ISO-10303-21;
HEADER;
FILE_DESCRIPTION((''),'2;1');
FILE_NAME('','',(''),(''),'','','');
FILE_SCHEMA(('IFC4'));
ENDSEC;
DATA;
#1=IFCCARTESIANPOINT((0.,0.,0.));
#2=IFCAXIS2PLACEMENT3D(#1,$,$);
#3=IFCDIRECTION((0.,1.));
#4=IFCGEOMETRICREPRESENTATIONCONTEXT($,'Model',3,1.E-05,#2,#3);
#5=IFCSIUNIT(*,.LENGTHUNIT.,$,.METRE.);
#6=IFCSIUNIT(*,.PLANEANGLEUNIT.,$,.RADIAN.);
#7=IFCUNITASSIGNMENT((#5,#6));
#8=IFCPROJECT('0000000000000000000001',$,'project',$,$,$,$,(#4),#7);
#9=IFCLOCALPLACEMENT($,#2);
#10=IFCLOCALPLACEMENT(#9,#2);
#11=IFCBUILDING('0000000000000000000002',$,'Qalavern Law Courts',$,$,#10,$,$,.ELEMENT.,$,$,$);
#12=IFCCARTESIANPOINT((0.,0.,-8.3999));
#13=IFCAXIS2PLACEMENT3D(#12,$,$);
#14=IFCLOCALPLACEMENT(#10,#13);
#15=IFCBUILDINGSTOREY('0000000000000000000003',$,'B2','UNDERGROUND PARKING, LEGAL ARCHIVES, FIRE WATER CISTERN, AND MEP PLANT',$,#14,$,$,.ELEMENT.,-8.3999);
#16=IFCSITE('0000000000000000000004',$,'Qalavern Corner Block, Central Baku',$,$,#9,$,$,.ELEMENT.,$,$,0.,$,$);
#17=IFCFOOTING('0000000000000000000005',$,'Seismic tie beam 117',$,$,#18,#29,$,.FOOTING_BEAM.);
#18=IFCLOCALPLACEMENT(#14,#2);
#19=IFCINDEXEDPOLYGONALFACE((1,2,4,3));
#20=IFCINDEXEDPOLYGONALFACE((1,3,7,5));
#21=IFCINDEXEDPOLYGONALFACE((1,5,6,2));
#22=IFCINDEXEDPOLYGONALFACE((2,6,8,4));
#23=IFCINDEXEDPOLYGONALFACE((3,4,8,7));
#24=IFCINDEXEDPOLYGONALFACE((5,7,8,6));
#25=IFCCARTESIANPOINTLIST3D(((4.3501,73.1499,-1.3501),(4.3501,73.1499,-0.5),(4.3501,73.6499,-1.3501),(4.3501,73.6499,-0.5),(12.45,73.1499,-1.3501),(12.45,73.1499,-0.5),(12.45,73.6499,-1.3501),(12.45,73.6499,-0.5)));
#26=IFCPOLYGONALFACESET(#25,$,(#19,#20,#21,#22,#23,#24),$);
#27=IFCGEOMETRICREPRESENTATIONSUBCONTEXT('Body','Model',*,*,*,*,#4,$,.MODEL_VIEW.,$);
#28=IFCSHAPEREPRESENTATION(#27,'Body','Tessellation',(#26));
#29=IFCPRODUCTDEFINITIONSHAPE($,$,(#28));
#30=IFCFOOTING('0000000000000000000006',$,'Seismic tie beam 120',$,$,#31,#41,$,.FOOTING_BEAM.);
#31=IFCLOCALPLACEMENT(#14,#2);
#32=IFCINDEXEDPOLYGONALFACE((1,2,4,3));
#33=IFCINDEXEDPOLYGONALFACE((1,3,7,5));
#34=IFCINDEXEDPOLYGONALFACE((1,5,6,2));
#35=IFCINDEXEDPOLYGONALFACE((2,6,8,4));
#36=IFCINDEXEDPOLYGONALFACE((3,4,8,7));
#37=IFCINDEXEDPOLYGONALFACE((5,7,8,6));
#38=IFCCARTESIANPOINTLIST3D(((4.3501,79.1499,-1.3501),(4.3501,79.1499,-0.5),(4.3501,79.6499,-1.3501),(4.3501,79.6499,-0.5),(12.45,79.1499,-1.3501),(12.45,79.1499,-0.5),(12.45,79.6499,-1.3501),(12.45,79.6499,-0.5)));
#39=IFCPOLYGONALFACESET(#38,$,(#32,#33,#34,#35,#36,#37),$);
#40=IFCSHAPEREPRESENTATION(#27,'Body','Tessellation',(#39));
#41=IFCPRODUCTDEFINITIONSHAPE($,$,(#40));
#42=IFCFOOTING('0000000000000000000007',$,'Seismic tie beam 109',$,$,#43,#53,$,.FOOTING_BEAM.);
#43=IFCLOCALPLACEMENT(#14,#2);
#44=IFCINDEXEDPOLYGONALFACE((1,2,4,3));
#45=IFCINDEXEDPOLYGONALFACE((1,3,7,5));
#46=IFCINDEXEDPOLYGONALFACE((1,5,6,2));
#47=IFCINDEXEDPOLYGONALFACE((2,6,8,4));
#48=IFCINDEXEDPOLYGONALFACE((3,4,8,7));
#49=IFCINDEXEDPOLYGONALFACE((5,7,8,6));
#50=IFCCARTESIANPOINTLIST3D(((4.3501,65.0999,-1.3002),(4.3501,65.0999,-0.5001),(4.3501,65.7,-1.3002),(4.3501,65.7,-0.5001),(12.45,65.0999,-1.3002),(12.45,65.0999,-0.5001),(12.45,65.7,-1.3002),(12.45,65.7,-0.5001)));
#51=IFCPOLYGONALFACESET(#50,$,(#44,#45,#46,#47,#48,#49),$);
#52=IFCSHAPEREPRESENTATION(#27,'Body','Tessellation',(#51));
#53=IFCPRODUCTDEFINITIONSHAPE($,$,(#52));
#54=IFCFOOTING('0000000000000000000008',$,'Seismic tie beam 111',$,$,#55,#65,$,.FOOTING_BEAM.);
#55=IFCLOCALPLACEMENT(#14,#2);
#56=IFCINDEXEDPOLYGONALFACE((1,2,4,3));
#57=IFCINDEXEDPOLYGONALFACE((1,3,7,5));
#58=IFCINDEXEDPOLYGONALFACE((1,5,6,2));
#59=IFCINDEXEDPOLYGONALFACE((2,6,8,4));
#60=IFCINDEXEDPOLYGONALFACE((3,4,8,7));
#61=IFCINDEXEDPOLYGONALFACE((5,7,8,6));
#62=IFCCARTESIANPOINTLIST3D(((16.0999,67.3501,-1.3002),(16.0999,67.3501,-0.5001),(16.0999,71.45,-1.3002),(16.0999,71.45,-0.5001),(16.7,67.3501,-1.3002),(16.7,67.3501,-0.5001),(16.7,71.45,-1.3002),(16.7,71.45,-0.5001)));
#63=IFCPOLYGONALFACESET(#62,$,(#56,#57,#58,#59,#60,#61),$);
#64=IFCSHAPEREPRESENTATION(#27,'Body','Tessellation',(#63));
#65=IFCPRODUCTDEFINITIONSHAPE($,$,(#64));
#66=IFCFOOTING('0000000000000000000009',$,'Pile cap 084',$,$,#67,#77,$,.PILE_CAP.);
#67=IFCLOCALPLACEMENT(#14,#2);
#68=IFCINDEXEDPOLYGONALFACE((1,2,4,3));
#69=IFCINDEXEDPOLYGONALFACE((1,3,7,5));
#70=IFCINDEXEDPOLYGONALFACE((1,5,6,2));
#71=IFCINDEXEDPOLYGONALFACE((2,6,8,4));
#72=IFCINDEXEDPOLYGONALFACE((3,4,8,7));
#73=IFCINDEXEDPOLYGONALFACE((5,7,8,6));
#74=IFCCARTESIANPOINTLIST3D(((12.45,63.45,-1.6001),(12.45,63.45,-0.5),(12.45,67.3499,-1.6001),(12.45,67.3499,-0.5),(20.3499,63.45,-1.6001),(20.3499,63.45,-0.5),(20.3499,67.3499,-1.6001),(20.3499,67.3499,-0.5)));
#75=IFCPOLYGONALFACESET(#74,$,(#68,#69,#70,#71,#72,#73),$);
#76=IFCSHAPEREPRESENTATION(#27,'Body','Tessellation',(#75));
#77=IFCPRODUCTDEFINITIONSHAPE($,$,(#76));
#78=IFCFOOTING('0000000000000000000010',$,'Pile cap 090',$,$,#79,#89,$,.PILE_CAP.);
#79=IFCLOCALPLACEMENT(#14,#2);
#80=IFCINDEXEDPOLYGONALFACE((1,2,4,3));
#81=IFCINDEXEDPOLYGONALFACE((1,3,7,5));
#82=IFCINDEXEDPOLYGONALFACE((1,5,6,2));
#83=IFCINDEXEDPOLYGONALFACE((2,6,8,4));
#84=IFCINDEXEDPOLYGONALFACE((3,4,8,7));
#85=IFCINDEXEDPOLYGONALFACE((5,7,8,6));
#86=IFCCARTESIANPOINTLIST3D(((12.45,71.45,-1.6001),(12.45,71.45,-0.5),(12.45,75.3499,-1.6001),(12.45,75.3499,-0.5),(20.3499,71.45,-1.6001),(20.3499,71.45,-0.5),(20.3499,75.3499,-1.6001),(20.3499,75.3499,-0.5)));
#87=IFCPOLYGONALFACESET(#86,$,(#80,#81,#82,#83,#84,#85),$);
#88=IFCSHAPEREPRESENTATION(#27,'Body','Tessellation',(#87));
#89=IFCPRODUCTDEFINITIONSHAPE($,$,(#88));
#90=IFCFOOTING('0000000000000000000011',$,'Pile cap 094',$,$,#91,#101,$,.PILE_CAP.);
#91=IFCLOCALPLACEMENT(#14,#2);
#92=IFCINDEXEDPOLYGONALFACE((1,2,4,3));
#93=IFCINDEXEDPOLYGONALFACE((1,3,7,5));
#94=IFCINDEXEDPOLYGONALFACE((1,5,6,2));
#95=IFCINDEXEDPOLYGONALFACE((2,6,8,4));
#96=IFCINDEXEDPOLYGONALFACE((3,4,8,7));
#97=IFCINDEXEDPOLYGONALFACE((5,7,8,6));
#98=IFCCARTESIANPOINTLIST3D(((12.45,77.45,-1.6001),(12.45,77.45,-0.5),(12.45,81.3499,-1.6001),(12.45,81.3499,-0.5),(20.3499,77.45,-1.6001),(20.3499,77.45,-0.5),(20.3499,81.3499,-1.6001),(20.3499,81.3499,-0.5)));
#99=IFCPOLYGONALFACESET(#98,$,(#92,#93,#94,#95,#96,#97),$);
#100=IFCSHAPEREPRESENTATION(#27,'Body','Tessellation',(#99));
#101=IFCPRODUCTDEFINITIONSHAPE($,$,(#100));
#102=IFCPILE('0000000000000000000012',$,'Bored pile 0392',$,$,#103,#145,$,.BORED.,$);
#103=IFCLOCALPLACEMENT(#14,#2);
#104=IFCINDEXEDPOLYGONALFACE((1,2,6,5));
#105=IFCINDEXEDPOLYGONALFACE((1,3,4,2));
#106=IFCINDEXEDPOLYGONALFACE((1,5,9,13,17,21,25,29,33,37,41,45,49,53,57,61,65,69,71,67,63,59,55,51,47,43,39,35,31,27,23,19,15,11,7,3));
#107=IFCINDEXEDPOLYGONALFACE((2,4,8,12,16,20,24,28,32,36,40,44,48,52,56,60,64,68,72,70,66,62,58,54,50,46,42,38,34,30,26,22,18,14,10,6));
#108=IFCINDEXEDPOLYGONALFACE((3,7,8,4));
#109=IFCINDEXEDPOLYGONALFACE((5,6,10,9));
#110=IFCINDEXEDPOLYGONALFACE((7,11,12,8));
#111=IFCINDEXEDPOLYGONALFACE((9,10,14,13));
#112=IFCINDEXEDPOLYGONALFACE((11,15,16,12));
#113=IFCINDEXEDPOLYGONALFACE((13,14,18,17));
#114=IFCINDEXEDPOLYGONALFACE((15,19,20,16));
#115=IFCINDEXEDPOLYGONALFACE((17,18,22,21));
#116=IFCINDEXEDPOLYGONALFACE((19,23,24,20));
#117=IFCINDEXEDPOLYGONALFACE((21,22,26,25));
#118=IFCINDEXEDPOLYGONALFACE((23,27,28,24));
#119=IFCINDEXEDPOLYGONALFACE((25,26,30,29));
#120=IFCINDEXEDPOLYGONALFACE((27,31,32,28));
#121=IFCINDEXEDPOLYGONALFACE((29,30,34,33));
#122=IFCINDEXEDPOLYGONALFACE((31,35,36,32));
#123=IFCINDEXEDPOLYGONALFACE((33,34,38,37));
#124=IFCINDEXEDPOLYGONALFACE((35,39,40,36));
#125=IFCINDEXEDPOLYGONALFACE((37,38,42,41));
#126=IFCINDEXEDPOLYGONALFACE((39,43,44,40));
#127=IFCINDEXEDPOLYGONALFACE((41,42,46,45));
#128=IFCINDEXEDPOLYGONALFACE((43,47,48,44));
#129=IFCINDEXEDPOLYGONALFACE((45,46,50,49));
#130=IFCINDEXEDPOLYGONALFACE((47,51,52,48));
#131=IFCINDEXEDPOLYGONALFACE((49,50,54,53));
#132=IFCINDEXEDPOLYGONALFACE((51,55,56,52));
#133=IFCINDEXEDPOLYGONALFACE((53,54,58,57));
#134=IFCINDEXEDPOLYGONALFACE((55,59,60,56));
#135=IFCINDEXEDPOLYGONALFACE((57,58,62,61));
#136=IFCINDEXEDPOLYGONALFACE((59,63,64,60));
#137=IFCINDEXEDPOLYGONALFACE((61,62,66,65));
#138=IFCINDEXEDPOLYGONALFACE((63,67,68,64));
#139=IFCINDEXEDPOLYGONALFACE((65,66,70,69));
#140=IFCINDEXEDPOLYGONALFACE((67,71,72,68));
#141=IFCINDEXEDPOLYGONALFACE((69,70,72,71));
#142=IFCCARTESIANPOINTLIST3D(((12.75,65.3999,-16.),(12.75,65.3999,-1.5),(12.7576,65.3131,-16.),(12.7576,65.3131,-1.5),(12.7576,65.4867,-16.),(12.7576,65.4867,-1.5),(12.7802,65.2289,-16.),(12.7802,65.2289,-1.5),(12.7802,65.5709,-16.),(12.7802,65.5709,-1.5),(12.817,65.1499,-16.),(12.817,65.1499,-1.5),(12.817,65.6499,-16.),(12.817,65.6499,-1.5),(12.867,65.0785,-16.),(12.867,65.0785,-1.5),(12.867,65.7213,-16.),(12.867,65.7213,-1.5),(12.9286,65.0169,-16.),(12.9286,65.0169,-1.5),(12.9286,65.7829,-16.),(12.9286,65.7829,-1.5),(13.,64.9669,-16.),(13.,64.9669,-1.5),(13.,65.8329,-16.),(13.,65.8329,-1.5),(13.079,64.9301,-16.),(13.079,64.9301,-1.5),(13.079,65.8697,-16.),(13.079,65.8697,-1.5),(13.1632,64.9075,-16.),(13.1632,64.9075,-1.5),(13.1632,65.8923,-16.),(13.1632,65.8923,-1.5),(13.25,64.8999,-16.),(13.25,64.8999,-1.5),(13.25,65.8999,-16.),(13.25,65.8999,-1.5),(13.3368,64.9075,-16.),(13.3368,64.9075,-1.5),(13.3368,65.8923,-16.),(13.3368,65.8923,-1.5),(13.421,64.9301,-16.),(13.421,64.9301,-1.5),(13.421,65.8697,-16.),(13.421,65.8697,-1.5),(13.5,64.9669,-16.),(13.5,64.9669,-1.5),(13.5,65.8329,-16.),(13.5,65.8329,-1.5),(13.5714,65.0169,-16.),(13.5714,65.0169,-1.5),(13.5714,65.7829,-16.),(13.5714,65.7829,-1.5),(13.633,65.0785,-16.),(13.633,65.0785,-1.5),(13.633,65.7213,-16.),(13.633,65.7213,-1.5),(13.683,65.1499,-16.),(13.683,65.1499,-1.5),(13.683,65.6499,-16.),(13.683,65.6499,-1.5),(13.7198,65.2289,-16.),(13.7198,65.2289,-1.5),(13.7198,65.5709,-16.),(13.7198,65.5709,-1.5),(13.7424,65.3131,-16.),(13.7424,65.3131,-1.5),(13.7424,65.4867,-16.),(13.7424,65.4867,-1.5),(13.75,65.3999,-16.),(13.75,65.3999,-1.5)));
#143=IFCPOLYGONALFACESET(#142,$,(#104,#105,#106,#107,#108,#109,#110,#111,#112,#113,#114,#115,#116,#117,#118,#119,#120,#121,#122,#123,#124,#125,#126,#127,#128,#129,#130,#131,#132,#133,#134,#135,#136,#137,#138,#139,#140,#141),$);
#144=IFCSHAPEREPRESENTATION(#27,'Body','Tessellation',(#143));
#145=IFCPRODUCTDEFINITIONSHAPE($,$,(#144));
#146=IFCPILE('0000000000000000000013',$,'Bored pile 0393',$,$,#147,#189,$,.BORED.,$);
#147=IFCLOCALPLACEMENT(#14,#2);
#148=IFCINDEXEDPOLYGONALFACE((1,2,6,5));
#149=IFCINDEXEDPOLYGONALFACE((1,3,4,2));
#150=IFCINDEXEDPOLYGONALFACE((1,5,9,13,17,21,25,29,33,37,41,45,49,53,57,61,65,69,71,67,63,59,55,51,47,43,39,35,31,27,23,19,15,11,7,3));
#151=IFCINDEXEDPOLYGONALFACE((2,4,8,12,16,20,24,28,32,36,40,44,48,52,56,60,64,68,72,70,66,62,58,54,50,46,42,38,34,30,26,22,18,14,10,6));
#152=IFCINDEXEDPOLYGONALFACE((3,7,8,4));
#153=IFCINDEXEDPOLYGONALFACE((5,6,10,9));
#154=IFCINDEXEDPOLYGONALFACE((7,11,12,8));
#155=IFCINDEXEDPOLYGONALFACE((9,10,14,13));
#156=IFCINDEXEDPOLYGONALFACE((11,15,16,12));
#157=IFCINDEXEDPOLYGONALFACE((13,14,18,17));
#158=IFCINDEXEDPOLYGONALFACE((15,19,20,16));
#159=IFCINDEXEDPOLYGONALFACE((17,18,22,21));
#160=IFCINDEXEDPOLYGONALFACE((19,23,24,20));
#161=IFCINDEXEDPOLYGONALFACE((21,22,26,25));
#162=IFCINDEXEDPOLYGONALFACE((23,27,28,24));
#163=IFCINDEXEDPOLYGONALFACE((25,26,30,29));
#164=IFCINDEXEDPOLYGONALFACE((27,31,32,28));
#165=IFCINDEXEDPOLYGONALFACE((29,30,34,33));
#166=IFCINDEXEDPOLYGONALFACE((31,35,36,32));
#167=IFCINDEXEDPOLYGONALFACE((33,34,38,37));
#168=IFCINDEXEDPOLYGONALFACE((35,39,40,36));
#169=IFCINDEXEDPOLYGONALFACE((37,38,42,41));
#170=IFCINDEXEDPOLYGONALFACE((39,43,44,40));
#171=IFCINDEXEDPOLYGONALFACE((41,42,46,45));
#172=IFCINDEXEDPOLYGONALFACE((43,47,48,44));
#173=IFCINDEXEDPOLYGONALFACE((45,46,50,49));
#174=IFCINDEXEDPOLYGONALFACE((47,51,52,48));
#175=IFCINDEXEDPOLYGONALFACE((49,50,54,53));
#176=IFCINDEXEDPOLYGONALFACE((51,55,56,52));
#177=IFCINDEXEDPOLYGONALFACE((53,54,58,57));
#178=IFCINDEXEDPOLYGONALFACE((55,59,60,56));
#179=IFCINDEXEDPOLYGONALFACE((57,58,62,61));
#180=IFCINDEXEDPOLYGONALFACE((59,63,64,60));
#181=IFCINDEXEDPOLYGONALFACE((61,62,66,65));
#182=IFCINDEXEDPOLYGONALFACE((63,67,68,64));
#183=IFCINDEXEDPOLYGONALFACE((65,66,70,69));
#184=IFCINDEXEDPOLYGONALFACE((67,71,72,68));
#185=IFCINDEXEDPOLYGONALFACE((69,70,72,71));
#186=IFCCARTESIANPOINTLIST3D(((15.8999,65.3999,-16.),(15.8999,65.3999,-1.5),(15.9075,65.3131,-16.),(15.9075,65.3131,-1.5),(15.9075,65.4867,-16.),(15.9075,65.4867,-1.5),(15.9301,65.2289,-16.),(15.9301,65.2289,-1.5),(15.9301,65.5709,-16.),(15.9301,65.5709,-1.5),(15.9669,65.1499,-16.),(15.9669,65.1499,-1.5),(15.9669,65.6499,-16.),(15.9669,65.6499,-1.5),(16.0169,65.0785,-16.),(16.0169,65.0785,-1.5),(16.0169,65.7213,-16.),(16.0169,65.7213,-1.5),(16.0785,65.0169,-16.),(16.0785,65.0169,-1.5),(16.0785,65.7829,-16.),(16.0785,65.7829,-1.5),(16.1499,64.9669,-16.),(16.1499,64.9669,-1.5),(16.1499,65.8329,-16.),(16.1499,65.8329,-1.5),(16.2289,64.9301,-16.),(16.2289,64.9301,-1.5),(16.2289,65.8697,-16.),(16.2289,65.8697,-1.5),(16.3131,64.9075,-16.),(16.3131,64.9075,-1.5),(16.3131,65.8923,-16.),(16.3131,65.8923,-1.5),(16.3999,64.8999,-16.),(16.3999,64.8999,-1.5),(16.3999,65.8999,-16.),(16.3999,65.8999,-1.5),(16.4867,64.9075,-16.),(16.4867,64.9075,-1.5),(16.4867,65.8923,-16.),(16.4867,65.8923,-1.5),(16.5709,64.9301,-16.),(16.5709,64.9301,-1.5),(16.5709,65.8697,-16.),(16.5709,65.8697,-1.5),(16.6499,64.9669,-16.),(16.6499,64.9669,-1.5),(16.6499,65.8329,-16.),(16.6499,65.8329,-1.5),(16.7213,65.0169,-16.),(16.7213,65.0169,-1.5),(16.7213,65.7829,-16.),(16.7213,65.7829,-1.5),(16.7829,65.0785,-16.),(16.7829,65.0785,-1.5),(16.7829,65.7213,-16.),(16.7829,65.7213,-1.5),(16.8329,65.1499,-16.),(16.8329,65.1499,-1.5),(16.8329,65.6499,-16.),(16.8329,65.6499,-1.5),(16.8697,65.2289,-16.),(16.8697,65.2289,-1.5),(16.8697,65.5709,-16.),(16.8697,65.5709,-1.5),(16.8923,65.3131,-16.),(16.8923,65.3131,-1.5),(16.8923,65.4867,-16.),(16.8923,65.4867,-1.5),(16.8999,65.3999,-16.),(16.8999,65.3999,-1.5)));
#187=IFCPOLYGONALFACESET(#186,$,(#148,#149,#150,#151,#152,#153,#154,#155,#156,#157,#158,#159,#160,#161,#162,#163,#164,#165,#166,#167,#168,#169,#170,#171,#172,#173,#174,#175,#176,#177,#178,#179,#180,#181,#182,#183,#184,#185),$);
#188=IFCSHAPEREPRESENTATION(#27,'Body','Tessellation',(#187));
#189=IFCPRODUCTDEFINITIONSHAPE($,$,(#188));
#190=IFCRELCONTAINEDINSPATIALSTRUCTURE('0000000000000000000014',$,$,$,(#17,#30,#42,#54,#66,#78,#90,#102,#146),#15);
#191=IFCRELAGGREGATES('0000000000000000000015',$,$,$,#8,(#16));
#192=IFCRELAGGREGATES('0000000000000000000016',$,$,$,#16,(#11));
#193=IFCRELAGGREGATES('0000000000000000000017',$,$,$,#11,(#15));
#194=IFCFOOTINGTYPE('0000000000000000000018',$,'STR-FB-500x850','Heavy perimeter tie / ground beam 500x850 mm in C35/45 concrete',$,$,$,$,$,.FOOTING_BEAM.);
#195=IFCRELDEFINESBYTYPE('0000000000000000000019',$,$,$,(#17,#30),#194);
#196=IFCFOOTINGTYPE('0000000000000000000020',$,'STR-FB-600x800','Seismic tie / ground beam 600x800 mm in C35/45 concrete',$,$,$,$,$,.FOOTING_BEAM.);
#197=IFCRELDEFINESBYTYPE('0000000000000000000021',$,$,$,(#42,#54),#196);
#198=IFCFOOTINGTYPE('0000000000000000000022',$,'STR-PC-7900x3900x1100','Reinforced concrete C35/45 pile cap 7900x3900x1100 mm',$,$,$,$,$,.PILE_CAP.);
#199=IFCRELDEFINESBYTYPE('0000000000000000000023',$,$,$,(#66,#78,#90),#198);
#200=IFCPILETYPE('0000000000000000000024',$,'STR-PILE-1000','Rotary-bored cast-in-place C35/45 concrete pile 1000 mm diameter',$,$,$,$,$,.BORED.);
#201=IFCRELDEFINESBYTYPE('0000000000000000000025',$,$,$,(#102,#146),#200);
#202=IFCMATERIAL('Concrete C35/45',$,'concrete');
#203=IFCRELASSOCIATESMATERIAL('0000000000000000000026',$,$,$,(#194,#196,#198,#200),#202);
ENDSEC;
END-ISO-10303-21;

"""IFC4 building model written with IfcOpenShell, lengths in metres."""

from ifc_helpers import new_model, si_unit, direction, frame, origin, origin_2d, place, context, subcontext, project, spatial, rectangle, circle, extrude, material, material_profile, profile_set, type_object, element, save


model = new_model("IFC4")

# Units and contexts
model_context = context("Model", 3, precision=1e-05, world=origin(), true_north=direction((0.0, 1.0)))
body_context = subcontext(model_context, "Body", "Model", "MODEL_VIEW")
ifc_project = project(units=[si_unit("LENGTHUNIT", "METRE"), si_unit("PLANEANGLEUNIT", "RADIAN")], contexts=[model_context])

# Site, building, storey
site_placement = place(None, origin())
site = spatial("IfcSite", under=ifc_project, at=site_placement, Name="Qalavern Corner Block, Central Baku", CompositionType="ELEMENT", RefElevation=0.0)
building_placement = place(site_placement, origin())
building = spatial("IfcBuilding", under=site, at=building_placement, Name="Qalavern Law Courts", CompositionType="ELEMENT")
storey_placement = place(building_placement, frame((0.0, 0.0, -8.3999)))
storey = spatial("IfcBuildingStorey", under=building, at=storey_placement, Name="B2", Description="UNDERGROUND PARKING, LEGAL ARCHIVES, FIRE WATER CISTERN, AND MEP PLANT", CompositionType="ELEMENT", Elevation=-8.3999)

# Footings
ifc_material_1 = material(Name="Concrete C35/45", Category="concrete")
ifc_material_profile_1 = material_profile(ifc_material_1, rectangle(XDim=0.5, YDim=0.8501, at=origin_2d()), Name="RC 500x850")
ifc_profile_set_1 = profile_set([ifc_material_profile_1], Name="Concrete C35/45")
footing_type_1 = type_object("IfcFootingType", Name="STR-FB-500x850", Description="Heavy perimeter tie / ground beam 500x850 mm in C35/45 concrete", PredefinedType="FOOTING_BEAM", material=ifc_profile_set_1)
for number, where, z_axis, x_axis, name in (
    (1, (4.3501, 73.3999, -0.925), (1.0, 0.0, 0.0), (0.0, 1.0, 0.0), "Seismic tie beam 117"),
    (2, (4.3501, 79.3999, -0.925), (1.0, 0.0, 0.0), (0.0, 1.0, 0.0), "Seismic tie beam 120"),
):
    element("IfcFooting", number, at=place(storey_placement, frame(where, z_axis=z_axis, x_axis=x_axis)), inside=storey, type_object=footing_type_1, Name=name, PredefinedType="FOOTING_BEAM", context=body_context, shape_type="SweptSolid", body=[
        extrude(rectangle(XDim=0.5, YDim=0.8501, at=origin_2d()), origin(), (0.0, 0.0, 1.0), 8.0999),
    ])
ifc_material_profile_2 = material_profile(ifc_material_1, rectangle(XDim=0.6001, YDim=0.8, at=origin_2d()), Name="RC 600x800")
ifc_profile_set_2 = profile_set([ifc_material_profile_2], Name="Concrete C35/45")
footing_type_2 = type_object("IfcFootingType", Name="STR-FB-600x800", Description="Seismic tie / ground beam 600x800 mm in C35/45 concrete", PredefinedType="FOOTING_BEAM", material=ifc_profile_set_2)
footing_1_placement = place(storey_placement, frame((4.3501, 65.3999, -0.9001), z_axis=(1.0, 0.0, 0.0), x_axis=(0.0, 1.0, 0.0)))
element("IfcFooting", 3, at=footing_1_placement, inside=storey, type_object=footing_type_2, Name="Seismic tie beam 109", PredefinedType="FOOTING_BEAM", context=body_context, shape_type="SweptSolid", body=[
    extrude(rectangle(XDim=0.6001, YDim=0.8, at=origin_2d()), origin(), (0.0, 0.0, 1.0), 8.0999),
])
footing_2_placement = place(storey_placement, frame((16.3999, 67.3501, -0.9001), z_axis=(0.0, 1.0, 0.0), x_axis=(-1.0, 0.0, 0.0)))
element("IfcFooting", 4, at=footing_2_placement, inside=storey, type_object=footing_type_2, Name="Seismic tie beam 111", PredefinedType="FOOTING_BEAM", context=body_context, shape_type="SweptSolid", body=[
    extrude(rectangle(XDim=0.6001, YDim=0.8, at=origin_2d()), origin(), (0.0, 0.0, 1.0), 4.0999),
])
footing_type_3 = type_object("IfcFootingType", Name="STR-PC-7900x3900x1100", Description="Reinforced concrete C35/45 pile cap 7900x3900x1100 mm", PredefinedType="PILE_CAP", material=ifc_material_1)
for number, where, z_axis, x_axis, name in (
    (5, (16.3999, 65.3999, -1.6001), (0.0, 0.0, 1.0), (1.0, 0.0, 0.0), "Pile cap 084"),
    (6, (16.3999, 73.3999, -1.6001), (0.0, 0.0, 1.0), (1.0, 0.0, 0.0), "Pile cap 090"),
    (7, (16.3999, 79.3999, -1.6001), (0.0, 0.0, 1.0), (1.0, 0.0, 0.0), "Pile cap 094"),
):
    element("IfcFooting", number, at=place(storey_placement, frame(where, z_axis=z_axis, x_axis=x_axis)), inside=storey, type_object=footing_type_3, Name=name, PredefinedType="PILE_CAP", context=body_context, shape_type="SweptSolid", body=[
        extrude(rectangle(XDim=7.8999, YDim=3.8999, at=origin_2d()), origin(), (0.0, 0.0, 1.0), 1.1001),
    ])

# Piles
ifc_material_profile_3 = material_profile(ifc_material_1, circle(Radius=0.5, at=origin_2d()), Name="BORED PILE 1000")
ifc_profile_set_3 = profile_set([ifc_material_profile_3], Name="Concrete C35/45")
pile_type = type_object("IfcPileType", Name="STR-PILE-1000", Description="Rotary-bored cast-in-place C35/45 concrete pile 1000 mm diameter", PredefinedType="BORED", material=ifc_profile_set_3)
for number, where, z_axis, x_axis, name in (
    (8, (13.25, 65.3999, -1.5), (0.0, 0.0, -1.0), (1.0, 0.0, 0.0), "Bored pile 0392"),
    (9, (16.3999, 65.3999, -1.5), (0.0, 0.0, -1.0), (1.0, 0.0, 0.0), "Bored pile 0393"),
):
    element("IfcPile", number, at=place(storey_placement, frame(where, z_axis=z_axis, x_axis=x_axis)), inside=storey, type_object=pile_type, Name=name, PredefinedType="BORED", context=body_context, shape_type="SweptSolid", body=[
        extrude(circle(Radius=0.5, at=origin_2d()), origin(), (0.0, 0.0, 1.0), 14.5),
    ])

save(model, "model.ifc")
